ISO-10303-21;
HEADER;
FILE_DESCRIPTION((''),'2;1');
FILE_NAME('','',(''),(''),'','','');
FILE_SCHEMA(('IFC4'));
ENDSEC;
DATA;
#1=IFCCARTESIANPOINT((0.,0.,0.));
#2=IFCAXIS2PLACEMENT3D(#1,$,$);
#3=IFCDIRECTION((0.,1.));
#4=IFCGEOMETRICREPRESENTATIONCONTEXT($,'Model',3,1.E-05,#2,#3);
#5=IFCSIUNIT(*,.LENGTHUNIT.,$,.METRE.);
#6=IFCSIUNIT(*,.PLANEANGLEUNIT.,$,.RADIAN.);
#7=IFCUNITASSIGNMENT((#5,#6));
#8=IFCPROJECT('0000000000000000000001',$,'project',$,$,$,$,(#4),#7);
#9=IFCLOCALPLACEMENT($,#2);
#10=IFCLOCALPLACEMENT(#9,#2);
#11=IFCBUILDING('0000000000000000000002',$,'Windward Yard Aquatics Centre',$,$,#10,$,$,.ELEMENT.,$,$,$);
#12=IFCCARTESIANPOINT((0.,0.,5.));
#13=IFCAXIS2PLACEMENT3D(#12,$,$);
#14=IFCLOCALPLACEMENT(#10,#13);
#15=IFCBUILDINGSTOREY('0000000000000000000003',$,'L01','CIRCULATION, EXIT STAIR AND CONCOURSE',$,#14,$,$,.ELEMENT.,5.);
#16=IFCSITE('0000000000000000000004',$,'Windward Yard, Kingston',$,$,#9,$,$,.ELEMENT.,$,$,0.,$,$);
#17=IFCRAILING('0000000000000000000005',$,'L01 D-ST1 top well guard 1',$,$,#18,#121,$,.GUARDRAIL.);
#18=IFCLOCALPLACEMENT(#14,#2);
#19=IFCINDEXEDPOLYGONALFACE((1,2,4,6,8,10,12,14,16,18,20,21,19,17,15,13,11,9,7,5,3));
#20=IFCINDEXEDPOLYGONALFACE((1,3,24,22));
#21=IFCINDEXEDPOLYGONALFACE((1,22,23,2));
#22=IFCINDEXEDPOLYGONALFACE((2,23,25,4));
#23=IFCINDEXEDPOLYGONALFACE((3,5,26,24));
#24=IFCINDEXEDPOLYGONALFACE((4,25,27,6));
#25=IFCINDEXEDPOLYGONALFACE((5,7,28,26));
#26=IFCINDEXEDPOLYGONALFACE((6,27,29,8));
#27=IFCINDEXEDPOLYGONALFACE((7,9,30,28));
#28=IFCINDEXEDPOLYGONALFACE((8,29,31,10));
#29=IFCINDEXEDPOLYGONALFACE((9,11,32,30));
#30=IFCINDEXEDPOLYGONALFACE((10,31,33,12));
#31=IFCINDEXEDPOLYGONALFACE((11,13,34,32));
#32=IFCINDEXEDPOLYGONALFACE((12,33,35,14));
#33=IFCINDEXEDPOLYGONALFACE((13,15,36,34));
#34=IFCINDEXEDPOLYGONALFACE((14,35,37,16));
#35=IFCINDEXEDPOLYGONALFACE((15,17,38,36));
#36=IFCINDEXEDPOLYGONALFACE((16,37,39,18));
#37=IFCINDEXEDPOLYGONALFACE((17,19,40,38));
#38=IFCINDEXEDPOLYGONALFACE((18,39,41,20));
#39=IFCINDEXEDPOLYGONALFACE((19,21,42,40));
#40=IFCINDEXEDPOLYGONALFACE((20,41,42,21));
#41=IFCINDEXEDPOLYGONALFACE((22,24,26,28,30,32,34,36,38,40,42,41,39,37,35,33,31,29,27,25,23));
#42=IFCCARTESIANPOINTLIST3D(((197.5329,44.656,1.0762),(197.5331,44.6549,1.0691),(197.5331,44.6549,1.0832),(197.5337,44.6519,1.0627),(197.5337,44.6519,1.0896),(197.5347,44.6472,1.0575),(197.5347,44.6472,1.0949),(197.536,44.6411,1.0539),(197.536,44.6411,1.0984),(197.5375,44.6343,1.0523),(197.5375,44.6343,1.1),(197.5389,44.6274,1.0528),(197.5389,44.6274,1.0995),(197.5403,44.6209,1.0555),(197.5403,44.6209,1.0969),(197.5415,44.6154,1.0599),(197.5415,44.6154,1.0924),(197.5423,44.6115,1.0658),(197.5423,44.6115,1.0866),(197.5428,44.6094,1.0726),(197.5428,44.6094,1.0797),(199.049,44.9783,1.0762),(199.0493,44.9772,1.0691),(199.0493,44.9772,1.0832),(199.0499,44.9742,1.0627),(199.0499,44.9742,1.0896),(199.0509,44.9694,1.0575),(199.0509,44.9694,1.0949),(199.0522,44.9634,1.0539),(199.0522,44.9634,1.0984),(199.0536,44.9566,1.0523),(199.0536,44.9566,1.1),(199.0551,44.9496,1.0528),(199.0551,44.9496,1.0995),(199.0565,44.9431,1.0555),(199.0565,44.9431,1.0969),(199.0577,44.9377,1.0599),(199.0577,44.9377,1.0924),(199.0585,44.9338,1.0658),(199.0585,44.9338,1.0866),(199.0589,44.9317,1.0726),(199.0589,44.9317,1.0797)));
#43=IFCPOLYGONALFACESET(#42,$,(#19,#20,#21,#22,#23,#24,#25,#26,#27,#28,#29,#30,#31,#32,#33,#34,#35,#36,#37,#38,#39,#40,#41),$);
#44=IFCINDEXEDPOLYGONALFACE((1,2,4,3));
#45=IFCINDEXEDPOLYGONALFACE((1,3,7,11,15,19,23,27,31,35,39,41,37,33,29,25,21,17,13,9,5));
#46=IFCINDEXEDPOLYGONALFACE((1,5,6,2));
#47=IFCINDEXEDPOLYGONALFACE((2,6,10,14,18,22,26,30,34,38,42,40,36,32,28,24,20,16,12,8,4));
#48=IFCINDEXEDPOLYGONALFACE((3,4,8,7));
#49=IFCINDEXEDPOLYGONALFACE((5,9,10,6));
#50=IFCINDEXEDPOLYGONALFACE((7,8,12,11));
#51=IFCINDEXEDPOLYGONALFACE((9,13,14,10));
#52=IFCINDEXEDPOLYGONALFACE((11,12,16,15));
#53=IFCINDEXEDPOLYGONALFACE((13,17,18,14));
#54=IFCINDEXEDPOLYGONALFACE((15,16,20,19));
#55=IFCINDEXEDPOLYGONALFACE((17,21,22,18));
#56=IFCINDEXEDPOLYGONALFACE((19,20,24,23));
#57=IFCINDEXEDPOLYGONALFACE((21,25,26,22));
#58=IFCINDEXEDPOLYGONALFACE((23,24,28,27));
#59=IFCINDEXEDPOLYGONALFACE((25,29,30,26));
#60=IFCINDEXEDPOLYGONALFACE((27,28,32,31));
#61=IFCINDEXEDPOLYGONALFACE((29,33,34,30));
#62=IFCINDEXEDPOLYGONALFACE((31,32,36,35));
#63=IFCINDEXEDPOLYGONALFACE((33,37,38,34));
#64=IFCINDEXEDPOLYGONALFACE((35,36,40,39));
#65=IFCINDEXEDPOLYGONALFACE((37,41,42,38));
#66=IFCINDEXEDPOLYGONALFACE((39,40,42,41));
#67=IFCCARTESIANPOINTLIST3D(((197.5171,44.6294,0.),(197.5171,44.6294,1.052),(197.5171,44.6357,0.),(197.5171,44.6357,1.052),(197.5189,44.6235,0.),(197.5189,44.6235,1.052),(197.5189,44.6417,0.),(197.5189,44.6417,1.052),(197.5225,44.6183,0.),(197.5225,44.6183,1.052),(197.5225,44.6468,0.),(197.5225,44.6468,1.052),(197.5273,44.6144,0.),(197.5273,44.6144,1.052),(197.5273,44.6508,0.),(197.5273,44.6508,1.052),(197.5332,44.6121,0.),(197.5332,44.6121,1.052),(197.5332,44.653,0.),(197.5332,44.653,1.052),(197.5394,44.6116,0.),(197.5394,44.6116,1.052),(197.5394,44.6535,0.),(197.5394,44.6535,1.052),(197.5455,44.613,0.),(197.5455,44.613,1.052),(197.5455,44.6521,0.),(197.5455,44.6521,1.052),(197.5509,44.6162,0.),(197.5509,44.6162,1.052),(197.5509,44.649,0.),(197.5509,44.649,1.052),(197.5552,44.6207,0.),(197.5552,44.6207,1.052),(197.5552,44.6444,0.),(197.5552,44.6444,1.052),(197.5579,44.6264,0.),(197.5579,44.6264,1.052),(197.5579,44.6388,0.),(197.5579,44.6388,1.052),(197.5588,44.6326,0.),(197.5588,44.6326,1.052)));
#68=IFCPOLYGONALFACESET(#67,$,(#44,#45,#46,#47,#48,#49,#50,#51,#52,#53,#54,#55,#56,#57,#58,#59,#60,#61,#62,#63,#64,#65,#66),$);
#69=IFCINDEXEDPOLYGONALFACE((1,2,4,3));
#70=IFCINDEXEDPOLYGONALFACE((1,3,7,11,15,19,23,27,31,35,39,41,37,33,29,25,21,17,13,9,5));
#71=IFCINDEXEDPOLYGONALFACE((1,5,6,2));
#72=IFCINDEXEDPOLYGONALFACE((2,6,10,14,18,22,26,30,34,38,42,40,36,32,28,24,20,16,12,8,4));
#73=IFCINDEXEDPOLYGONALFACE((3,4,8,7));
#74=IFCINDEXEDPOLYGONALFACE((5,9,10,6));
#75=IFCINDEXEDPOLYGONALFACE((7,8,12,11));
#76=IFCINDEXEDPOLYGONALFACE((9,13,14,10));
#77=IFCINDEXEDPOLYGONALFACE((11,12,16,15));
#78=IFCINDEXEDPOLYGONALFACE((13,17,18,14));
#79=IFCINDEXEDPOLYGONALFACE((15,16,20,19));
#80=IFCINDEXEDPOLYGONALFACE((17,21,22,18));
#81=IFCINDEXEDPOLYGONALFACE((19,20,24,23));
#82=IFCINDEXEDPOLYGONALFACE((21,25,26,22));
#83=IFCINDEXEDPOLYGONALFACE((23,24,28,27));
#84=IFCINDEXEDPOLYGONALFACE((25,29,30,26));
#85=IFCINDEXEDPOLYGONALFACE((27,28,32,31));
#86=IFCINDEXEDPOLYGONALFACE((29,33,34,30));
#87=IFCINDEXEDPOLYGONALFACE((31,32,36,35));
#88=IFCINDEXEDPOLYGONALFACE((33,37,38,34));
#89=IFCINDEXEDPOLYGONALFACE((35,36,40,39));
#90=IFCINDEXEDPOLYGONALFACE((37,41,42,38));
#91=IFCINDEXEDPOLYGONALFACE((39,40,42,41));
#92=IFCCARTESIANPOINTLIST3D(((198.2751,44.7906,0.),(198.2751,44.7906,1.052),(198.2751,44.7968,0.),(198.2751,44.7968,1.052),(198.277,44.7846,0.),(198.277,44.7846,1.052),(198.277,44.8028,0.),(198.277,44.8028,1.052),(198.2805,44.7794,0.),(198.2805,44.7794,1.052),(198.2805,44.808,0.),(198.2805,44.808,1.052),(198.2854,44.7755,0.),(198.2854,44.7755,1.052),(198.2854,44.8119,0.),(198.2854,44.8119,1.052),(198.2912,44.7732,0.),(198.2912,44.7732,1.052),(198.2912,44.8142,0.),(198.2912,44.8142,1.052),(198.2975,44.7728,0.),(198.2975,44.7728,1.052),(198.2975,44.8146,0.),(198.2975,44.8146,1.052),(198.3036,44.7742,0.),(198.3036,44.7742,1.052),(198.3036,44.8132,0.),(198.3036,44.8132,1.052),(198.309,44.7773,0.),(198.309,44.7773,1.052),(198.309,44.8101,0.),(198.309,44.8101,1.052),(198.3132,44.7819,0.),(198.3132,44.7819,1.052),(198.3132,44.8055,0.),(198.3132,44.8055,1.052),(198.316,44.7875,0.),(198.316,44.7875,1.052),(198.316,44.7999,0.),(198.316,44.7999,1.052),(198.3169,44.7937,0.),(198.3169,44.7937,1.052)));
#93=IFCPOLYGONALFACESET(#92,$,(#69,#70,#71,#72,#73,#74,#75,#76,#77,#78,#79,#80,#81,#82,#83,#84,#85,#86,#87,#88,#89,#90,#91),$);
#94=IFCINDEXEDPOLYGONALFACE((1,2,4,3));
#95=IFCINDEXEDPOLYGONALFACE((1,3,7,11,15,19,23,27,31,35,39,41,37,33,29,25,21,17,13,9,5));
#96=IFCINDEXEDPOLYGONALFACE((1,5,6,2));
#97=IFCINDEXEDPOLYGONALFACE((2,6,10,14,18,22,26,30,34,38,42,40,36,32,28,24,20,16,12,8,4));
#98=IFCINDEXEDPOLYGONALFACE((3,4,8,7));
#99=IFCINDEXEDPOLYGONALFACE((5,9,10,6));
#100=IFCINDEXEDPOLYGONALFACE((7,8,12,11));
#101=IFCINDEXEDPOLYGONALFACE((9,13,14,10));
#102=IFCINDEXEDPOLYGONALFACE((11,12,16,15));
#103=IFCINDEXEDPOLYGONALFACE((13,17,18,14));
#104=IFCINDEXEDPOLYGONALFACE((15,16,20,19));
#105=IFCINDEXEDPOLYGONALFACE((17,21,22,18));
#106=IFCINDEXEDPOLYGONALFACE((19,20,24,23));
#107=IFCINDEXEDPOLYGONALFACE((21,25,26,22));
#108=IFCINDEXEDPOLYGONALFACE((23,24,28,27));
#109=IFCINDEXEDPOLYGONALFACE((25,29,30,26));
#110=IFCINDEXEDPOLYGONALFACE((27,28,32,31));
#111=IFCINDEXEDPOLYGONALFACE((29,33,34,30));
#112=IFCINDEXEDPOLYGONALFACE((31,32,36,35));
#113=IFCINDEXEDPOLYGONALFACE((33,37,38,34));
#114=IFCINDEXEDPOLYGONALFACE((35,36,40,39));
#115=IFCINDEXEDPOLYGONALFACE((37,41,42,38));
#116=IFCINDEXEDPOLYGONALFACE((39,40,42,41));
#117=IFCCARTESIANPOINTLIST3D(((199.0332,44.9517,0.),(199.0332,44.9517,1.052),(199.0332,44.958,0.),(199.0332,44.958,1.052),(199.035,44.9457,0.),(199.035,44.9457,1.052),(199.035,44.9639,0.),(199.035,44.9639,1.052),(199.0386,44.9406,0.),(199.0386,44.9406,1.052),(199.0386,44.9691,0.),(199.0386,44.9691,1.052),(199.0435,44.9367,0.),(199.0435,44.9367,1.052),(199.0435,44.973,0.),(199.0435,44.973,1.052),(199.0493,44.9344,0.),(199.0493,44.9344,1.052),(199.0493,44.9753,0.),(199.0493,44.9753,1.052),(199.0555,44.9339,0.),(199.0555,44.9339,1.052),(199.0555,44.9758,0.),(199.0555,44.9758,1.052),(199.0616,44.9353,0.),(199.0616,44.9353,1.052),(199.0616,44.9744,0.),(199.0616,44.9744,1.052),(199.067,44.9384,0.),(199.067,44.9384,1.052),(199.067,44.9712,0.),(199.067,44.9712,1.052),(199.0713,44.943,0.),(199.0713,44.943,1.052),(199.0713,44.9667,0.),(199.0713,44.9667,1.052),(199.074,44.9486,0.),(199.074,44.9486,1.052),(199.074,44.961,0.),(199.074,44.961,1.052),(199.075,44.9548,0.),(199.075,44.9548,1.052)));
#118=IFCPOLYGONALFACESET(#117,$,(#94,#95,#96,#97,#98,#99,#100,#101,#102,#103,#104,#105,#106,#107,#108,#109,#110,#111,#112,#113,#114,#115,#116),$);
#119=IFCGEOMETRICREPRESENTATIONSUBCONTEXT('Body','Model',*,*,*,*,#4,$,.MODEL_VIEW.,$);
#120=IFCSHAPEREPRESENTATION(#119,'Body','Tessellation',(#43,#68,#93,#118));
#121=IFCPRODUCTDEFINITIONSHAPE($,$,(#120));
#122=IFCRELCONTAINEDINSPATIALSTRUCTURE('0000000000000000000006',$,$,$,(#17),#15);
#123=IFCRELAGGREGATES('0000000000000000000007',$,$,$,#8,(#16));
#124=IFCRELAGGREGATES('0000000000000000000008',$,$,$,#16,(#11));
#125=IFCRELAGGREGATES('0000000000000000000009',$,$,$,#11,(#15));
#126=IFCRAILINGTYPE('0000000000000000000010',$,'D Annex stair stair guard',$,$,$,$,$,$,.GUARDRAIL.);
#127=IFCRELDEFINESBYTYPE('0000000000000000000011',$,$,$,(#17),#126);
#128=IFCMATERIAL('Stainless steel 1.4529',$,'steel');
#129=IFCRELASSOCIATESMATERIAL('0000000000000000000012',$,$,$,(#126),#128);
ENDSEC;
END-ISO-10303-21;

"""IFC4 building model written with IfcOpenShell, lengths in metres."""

from ifc_helpers import new_model, si_unit, direction, frame, origin, origin_2d, place, context, subcontext, project, spatial, circle, extrude, material, type_object, element, save


model = new_model("IFC4")

# Units and contexts
model_context = context("Model", 3, precision=1e-05, world=origin(), true_north=direction((0.0, 1.0)))
body_context = subcontext(model_context, "Body", "Model", "MODEL_VIEW")
ifc_project = project(units=[si_unit("LENGTHUNIT", "METRE"), si_unit("PLANEANGLEUNIT", "RADIAN")], contexts=[model_context])

# Site, building, storey
site_placement = place(None, origin())
site = spatial("IfcSite", under=ifc_project, at=site_placement, Name="Windward Yard, Kingston", CompositionType="ELEMENT", RefElevation=0.0)
building_placement = place(site_placement, origin())
building = spatial("IfcBuilding", under=site, at=building_placement, Name="Windward Yard Aquatics Centre", CompositionType="ELEMENT")
storey_placement = place(building_placement, frame((0.0, 0.0, 5.0)))
storey = spatial("IfcBuildingStorey", under=building, at=storey_placement, Name="L01", Description="CIRCULATION, EXIT STAIR AND CONCOURSE", CompositionType="ELEMENT", Elevation=5.0)

# Railing
ifc_material_1 = material(Name="Stainless steel 1.4529", Category="steel")
railing_type_1 = type_object("IfcRailingType", Name="D Annex stair stair guard", PredefinedType="GUARDRAIL", material=ifc_material_1)
railing_1_placement = place(storey_placement, frame((197.5378, 44.6326, 0.0)))
element("IfcRailing", 1, at=railing_1_placement, inside=storey, type_object=railing_type_1, Name="L01 D-ST1 top well guard 1", PredefinedType="GUARDRAIL", context=body_context, shape_type="SweptSolid", body=[
    extrude(circle(Radius=0.0239, at=origin_2d()), frame((0.0, 0.0, 1.0762), z_axis=(0.978147, 0.207915, 0.0), x_axis=(-0.207915, 0.978147, 0.0)), (0.0, 0.0, 1.0), 1.55),
    extrude(circle(Radius=0.021, at=origin_2d()), origin(), (0.0, 0.0, 1.0), 1.052),
    extrude(circle(Radius=0.021, at=origin_2d()), frame((0.7581, 0.1611, 0.0)), (0.0, 0.0, 1.0), 1.052),
    extrude(circle(Radius=0.021, at=origin_2d()), frame((1.5161, 0.3223, 0.0)), (0.0, 0.0, 1.0), 1.052),
])

save(model, "model.ifc")
